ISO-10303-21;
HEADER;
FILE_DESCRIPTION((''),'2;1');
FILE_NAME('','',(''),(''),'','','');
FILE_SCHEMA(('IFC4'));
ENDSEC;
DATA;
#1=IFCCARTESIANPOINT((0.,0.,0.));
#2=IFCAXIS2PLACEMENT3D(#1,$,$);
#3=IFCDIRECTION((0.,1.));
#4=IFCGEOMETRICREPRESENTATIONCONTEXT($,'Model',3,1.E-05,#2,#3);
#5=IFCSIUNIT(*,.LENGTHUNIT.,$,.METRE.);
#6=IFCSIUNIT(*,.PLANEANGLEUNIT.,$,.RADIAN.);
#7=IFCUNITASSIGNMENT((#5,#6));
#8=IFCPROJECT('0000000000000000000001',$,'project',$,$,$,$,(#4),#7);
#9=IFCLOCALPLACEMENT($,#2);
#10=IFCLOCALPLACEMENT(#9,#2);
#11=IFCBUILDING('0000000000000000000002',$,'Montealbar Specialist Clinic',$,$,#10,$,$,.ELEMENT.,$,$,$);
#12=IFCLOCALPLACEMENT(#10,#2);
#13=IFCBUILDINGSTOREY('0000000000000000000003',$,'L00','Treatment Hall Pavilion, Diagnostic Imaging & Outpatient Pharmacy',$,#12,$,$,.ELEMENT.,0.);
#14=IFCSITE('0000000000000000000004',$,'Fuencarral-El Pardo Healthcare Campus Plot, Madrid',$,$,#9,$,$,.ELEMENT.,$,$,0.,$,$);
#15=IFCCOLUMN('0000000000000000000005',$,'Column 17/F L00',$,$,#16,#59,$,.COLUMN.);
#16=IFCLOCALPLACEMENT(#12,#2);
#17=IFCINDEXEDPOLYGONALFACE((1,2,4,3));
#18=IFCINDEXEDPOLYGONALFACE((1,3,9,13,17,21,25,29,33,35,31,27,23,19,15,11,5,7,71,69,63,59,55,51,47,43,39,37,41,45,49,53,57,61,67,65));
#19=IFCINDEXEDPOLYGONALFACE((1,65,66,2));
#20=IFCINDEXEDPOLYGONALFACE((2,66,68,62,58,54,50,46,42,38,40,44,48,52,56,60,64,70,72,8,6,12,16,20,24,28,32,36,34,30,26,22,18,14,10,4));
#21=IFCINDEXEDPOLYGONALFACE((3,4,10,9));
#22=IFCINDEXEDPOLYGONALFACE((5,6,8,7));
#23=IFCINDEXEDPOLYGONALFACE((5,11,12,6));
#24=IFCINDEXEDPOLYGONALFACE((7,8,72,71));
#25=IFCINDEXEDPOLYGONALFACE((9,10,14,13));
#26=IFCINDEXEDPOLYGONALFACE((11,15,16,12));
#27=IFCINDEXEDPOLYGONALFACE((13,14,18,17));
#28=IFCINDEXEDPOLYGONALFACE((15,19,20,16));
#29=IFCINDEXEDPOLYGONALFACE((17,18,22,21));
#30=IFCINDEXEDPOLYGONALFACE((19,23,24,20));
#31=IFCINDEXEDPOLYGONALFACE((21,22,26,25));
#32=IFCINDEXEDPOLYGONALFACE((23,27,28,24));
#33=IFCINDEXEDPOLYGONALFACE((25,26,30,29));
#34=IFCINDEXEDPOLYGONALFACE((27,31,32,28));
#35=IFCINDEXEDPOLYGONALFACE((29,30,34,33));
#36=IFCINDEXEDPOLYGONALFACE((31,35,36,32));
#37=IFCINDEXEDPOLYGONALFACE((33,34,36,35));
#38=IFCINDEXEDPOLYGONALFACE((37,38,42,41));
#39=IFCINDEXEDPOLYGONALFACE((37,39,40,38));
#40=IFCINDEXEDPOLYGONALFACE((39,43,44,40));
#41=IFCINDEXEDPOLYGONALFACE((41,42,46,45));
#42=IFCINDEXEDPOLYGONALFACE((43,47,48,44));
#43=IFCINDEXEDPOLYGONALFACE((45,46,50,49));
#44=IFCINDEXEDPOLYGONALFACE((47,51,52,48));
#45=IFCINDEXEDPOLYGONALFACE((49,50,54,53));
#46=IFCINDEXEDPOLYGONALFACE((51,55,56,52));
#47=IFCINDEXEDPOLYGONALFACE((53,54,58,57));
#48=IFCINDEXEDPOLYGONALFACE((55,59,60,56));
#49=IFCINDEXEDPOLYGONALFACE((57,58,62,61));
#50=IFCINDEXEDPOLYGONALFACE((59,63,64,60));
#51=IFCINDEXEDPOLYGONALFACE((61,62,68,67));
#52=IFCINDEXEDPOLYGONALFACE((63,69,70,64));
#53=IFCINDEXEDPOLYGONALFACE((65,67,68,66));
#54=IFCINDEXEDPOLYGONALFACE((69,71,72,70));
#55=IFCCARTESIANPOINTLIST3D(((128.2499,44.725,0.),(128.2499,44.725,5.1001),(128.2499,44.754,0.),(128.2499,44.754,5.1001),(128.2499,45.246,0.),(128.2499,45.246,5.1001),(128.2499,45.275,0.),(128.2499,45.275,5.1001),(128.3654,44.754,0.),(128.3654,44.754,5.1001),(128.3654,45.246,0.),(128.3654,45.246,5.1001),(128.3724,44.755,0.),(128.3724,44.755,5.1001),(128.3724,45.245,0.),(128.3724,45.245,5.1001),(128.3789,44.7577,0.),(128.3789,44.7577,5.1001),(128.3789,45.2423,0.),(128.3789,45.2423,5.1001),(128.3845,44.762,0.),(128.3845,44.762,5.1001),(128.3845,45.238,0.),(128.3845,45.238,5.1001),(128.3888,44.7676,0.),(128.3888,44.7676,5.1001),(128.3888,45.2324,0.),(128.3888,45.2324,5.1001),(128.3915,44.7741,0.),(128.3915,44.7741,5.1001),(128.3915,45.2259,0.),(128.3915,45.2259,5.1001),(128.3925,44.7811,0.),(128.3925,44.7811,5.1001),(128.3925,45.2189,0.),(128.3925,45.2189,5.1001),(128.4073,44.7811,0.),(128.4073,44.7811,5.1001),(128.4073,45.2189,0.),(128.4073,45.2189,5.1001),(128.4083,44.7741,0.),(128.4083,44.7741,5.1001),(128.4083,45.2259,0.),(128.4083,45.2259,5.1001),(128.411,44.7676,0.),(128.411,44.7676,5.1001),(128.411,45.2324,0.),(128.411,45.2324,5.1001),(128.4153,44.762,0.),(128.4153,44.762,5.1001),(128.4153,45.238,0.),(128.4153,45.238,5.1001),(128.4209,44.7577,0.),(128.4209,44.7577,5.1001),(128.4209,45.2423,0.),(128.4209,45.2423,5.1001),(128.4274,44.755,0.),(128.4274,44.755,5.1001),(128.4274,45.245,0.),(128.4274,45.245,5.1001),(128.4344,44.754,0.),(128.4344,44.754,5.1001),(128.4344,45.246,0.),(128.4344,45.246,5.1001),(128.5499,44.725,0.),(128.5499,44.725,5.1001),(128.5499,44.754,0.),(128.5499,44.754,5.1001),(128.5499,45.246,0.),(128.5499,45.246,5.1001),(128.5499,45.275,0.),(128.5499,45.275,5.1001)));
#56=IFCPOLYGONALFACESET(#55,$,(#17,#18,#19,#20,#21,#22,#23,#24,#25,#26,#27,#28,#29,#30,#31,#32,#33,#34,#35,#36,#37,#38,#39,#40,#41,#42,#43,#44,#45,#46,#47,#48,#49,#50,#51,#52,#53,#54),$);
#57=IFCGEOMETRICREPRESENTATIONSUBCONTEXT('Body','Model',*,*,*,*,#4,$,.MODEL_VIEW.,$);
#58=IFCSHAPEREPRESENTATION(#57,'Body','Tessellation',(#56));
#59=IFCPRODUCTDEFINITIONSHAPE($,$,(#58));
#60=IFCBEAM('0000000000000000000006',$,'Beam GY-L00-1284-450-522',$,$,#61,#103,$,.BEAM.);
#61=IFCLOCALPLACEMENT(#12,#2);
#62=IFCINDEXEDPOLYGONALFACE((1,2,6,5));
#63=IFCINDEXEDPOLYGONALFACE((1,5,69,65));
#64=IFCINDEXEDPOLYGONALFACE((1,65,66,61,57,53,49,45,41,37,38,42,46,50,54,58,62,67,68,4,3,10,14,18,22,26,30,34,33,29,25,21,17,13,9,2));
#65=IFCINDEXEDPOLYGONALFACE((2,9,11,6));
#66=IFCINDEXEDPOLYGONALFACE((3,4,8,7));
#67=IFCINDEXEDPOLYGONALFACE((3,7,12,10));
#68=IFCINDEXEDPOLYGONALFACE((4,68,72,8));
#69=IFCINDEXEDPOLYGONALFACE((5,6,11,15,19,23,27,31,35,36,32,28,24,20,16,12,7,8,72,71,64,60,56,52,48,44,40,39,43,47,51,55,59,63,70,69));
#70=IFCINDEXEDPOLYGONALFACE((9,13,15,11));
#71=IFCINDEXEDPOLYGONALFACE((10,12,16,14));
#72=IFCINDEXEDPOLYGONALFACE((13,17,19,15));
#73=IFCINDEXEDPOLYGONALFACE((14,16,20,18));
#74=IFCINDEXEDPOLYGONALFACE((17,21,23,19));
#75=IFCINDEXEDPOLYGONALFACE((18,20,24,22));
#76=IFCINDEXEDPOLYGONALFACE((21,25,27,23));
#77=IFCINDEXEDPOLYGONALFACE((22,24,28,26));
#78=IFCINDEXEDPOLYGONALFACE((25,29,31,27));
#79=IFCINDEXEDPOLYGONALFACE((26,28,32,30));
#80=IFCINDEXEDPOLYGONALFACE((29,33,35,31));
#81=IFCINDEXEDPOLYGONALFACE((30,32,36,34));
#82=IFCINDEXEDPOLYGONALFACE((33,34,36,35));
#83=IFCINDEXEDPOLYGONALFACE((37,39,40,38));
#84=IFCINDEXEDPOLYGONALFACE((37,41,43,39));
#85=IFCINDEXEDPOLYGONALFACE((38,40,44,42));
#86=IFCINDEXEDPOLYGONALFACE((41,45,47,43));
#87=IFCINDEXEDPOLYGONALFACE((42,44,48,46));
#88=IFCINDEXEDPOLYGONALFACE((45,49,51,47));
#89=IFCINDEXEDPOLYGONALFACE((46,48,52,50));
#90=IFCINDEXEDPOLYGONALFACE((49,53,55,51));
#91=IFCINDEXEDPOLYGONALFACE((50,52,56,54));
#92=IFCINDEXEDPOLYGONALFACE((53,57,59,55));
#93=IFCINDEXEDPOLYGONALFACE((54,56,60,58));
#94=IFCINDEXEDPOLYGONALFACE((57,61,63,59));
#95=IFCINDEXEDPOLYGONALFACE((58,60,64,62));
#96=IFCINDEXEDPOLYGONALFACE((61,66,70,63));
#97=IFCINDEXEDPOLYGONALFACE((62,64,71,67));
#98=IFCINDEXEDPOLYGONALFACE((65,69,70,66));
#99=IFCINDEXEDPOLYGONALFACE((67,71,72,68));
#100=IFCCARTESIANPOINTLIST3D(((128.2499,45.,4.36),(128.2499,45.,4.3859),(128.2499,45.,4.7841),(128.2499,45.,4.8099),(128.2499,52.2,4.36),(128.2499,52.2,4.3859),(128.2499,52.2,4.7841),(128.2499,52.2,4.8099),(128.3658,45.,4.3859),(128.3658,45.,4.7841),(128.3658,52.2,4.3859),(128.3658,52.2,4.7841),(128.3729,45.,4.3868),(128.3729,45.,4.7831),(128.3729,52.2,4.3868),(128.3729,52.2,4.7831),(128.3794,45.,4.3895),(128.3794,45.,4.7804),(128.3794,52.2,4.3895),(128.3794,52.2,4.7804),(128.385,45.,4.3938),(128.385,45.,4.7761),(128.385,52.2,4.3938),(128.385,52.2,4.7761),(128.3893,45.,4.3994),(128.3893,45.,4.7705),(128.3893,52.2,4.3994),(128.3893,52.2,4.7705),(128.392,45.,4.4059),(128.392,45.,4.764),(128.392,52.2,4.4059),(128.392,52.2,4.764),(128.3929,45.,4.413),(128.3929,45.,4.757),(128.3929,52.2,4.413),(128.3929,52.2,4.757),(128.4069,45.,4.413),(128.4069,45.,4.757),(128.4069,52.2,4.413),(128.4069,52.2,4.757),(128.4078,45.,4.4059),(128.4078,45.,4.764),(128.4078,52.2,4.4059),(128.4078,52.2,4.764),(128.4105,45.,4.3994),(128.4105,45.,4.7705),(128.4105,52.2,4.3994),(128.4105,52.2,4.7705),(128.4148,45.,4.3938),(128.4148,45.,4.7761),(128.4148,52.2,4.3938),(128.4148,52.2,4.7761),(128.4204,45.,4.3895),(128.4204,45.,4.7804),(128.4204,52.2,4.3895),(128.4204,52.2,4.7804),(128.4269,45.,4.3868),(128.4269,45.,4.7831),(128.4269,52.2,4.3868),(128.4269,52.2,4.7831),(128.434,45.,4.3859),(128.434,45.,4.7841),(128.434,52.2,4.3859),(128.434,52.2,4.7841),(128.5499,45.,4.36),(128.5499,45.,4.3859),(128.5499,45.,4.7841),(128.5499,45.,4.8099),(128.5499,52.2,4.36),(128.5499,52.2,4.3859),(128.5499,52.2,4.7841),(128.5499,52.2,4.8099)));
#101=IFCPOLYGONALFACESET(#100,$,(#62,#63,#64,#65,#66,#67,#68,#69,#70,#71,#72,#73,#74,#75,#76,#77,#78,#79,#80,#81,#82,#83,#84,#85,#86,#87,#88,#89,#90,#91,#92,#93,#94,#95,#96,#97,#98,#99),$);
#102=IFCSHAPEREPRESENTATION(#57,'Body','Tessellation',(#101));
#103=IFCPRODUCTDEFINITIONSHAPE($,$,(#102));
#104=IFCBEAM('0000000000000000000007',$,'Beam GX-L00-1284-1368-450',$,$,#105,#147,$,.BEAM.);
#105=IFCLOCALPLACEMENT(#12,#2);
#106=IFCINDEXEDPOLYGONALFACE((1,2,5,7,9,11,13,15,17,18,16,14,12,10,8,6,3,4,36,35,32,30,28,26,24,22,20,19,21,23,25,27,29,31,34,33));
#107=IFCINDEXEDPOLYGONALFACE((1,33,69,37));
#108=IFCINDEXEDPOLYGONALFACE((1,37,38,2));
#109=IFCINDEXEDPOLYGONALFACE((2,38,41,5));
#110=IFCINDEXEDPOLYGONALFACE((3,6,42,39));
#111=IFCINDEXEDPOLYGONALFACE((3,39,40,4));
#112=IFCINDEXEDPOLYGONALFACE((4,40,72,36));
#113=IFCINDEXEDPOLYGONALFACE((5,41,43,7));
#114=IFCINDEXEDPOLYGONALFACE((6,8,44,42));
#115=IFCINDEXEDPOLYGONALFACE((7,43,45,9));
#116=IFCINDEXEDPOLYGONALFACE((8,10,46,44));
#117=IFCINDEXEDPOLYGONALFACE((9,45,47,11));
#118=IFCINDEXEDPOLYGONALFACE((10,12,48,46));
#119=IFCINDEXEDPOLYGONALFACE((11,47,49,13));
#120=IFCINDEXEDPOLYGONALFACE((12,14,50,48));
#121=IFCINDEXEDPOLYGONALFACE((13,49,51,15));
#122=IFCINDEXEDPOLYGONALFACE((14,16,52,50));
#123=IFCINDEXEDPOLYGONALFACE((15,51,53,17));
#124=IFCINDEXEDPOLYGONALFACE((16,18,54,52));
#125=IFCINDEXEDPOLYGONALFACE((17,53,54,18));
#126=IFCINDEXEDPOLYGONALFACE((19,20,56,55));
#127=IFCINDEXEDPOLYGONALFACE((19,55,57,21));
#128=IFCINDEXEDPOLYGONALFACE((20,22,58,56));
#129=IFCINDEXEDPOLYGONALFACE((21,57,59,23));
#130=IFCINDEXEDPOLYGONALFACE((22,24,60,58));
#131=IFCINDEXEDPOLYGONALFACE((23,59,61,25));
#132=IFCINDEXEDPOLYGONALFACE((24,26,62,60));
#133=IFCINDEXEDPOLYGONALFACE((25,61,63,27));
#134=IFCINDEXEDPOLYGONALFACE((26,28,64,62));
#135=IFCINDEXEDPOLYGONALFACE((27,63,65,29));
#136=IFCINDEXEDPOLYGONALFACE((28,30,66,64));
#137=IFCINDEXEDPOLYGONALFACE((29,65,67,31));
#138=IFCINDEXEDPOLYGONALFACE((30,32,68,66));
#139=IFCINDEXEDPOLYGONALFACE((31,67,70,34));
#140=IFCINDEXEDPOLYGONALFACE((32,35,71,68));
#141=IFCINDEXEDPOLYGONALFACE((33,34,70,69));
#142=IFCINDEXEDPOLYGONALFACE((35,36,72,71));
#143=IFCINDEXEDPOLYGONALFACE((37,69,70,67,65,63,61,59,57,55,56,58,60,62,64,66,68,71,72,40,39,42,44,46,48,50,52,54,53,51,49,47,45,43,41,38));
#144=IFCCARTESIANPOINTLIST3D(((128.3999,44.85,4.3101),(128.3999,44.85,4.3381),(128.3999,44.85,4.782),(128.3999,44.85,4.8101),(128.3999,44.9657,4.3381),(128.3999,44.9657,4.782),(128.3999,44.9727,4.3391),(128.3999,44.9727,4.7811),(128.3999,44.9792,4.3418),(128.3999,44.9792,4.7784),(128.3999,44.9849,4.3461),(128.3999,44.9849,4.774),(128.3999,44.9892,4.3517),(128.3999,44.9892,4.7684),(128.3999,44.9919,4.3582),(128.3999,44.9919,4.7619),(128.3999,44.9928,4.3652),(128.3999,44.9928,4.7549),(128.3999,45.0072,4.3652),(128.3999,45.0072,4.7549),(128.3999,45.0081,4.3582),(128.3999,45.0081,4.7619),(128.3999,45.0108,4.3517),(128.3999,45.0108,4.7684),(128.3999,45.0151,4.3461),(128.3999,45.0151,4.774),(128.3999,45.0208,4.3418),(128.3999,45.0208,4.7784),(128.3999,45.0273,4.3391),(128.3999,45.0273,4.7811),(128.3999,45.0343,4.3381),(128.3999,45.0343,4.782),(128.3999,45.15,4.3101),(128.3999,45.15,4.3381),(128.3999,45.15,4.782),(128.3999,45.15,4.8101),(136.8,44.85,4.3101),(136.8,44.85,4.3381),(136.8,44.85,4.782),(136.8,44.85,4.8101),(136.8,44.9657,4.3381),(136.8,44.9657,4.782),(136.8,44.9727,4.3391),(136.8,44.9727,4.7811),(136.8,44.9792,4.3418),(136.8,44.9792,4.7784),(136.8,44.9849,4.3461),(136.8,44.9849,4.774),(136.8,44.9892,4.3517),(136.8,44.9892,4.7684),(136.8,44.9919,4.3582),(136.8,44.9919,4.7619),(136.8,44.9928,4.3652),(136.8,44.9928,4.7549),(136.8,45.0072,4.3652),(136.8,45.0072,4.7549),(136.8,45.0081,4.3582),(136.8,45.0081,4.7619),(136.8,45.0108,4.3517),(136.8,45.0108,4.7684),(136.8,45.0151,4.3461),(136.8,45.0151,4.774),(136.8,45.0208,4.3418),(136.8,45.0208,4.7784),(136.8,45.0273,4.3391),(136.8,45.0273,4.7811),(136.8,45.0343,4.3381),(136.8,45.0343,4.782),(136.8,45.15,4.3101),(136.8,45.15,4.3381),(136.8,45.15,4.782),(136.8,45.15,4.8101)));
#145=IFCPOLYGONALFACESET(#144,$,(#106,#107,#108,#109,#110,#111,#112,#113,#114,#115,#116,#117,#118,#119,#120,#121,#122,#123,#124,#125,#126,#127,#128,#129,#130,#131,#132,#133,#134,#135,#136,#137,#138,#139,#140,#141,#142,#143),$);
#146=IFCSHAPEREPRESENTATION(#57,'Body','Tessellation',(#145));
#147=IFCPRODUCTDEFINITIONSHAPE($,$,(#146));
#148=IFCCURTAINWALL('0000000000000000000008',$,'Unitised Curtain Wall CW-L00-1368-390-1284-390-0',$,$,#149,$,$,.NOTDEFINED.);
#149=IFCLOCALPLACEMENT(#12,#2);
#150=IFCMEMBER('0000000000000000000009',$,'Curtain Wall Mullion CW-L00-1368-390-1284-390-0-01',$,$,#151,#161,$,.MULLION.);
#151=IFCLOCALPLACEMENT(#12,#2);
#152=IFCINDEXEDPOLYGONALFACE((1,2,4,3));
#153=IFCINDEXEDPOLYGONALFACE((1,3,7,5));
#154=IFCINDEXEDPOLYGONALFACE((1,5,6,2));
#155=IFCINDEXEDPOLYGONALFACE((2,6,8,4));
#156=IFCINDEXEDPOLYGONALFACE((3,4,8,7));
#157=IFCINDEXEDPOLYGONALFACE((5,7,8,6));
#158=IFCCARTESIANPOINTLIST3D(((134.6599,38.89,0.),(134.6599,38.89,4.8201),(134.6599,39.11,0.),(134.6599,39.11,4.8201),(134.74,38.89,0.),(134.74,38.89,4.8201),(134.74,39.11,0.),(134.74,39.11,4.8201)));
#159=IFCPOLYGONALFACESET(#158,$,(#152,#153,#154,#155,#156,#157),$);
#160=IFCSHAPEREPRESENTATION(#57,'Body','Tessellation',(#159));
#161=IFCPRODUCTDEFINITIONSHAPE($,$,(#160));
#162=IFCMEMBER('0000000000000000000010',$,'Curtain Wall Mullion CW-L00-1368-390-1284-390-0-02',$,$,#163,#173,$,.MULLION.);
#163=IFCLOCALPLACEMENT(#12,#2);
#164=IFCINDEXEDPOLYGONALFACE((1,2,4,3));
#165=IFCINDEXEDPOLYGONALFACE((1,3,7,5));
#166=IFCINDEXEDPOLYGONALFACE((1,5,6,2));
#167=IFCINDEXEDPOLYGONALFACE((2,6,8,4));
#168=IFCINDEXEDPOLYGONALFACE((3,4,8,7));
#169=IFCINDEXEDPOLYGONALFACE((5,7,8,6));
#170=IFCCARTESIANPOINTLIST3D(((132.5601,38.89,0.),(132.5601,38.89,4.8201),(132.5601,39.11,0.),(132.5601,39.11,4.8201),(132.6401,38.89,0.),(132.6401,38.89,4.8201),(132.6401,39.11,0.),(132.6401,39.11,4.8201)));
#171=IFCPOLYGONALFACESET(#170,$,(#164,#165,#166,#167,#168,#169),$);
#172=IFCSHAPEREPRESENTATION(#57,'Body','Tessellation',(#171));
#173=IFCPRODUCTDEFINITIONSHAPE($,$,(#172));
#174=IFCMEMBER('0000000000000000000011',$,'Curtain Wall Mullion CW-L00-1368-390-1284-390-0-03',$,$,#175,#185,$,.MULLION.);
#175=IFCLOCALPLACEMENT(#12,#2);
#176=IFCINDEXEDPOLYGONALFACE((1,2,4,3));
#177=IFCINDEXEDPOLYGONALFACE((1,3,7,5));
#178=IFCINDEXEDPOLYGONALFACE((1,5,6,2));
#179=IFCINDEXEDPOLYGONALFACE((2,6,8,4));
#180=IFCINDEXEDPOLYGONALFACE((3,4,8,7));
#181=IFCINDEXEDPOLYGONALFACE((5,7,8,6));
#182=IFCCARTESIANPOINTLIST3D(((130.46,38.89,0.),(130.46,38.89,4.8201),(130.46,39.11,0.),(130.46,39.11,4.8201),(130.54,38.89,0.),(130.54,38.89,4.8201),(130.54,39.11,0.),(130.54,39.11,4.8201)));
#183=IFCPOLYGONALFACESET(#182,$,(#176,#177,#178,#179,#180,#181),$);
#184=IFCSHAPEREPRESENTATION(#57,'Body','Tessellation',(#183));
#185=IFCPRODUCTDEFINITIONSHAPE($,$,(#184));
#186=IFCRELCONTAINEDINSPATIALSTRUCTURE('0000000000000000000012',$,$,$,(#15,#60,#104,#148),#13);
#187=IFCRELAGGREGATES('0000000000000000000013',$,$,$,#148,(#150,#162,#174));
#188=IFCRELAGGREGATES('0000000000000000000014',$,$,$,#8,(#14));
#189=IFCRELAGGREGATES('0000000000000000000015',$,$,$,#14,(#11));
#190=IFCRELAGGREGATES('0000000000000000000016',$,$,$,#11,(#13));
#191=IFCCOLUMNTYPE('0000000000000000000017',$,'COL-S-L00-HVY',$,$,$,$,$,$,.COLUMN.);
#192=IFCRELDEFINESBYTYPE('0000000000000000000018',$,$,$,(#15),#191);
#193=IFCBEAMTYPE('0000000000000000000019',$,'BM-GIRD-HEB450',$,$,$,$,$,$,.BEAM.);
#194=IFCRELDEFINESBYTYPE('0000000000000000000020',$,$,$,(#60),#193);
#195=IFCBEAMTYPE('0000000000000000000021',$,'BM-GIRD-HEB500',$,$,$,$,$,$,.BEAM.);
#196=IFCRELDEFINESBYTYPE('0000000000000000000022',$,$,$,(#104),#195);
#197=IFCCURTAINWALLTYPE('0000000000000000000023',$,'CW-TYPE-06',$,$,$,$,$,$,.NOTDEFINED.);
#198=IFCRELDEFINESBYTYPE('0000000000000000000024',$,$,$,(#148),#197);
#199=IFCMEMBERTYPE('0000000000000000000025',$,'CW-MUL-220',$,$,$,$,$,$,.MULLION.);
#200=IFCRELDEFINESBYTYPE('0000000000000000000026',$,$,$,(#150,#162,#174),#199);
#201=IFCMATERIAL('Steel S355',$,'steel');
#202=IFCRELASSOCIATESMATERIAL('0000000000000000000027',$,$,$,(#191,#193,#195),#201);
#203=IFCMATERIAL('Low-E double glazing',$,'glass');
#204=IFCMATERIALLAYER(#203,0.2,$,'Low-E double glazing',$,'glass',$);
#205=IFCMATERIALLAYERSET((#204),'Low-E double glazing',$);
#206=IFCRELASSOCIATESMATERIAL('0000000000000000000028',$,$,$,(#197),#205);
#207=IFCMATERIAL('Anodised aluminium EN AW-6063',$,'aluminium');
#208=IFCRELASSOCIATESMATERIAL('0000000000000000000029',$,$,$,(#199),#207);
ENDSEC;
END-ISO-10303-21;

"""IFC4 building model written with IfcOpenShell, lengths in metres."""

from ifc_helpers import new_model, si_unit, direction, frame, origin, origin_2d, place, context, subcontext, project, spatial, rectangle, i_section, extrude, material, layer, layer_set, material_profile, profile_set, type_object, element, aggregate, save


model = new_model("IFC4")

# Units and contexts
model_context = context("Model", 3, precision=1e-05, world=origin(), true_north=direction((0.0, 1.0)))
body_context = subcontext(model_context, "Body", "Model", "MODEL_VIEW")
ifc_project = project(units=[si_unit("LENGTHUNIT", "METRE"), si_unit("PLANEANGLEUNIT", "RADIAN")], contexts=[model_context])

# Site, building, storey
site_placement = place(None, origin())
site = spatial("IfcSite", under=ifc_project, at=site_placement, Name="Fuencarral-El Pardo Healthcare Campus Plot, Madrid", CompositionType="ELEMENT", RefElevation=0.0)
building_placement = place(site_placement, origin())
building = spatial("IfcBuilding", under=site, at=building_placement, Name="Montealbar Specialist Clinic", CompositionType="ELEMENT")
storey_placement = place(building_placement, origin())
storey = spatial("IfcBuildingStorey", under=building, at=storey_placement, Name="L00", Description="Treatment Hall Pavilion, Diagnostic Imaging & Outpatient Pharmacy", CompositionType="ELEMENT", Elevation=0.0)

# Column
ifc_material_1 = material(Name="Steel S355", Category="steel")
ifc_material_profile_1 = material_profile(ifc_material_1, i_section(OverallWidth=0.3, OverallDepth=0.55, WebThickness=0.0149, FlangeThickness=0.0291, FilletRadius=0.0271, at=origin_2d()), Name="HEB 550", Category="steel")
ifc_profile_set_1 = profile_set([ifc_material_profile_1], Name="Steel S355")
column_type = type_object("IfcColumnType", Name="COL-S-L00-HVY", PredefinedType="COLUMN", material=ifc_profile_set_1)
column_placement = place(storey_placement, frame((128.3999, 45.0, 0.0), z_axis=(0.0, 0.0, 1.0), x_axis=(1.0, 0.0, 0.0)))
element("IfcColumn", 1, at=column_placement, inside=storey, type_object=column_type, Name="Column 17/F L00", PredefinedType="COLUMN", context=body_context, shape_type="SweptSolid", body=[
    extrude(i_section(OverallWidth=0.3, OverallDepth=0.55, WebThickness=0.0149, FlangeThickness=0.0291, FilletRadius=0.0271, at=origin_2d()), origin(), (0.0, 0.0, 1.0), 5.1001),
])

# Beams
ifc_material_profile_2 = material_profile(ifc_material_1, i_section(OverallWidth=0.3, OverallDepth=0.45, WebThickness=0.0139, FlangeThickness=0.0259, FilletRadius=0.0271, at=origin_2d()), Name="HEB 450", Category="steel")
ifc_profile_set_2 = profile_set([ifc_material_profile_2], Name="Steel S355")
beam_type_1 = type_object("IfcBeamType", Name="BM-GIRD-HEB450", PredefinedType="BEAM", material=ifc_profile_set_2)
beam_1_placement = place(storey_placement, frame((128.3999, 45.0, 4.585), z_axis=(0.0, 1.0, 0.0), x_axis=(-1.0, 0.0, 0.0)))
element("IfcBeam", 2, at=beam_1_placement, inside=storey, type_object=beam_type_1, Name="Beam GY-L00-1284-450-522", PredefinedType="BEAM", context=body_context, shape_type="SweptSolid", body=[
    extrude(i_section(OverallWidth=0.3, OverallDepth=0.45, WebThickness=0.0139, FlangeThickness=0.0259, FilletRadius=0.0271, at=origin_2d()), origin(), (0.0, 0.0, 1.0), 7.2),
])
ifc_material_profile_3 = material_profile(ifc_material_1, i_section(OverallWidth=0.3, OverallDepth=0.5, WebThickness=0.0144, FlangeThickness=0.0281, FilletRadius=0.0271, at=origin_2d()), Name="HEB 500", Category="steel")
ifc_profile_set_3 = profile_set([ifc_material_profile_3], Name="Steel S355")
beam_type_2 = type_object("IfcBeamType", Name="BM-GIRD-HEB500", PredefinedType="BEAM", material=ifc_profile_set_3)
beam_2_placement = place(storey_placement, frame((128.3999, 45.0, 4.5601), z_axis=(1.0, 0.0, 0.0), x_axis=(0.0, 1.0, 0.0)))
element("IfcBeam", 3, at=beam_2_placement, inside=storey, type_object=beam_type_2, Name="Beam GX-L00-1284-1368-450", PredefinedType="BEAM", context=body_context, shape_type="SweptSolid", body=[
    extrude(i_section(OverallWidth=0.3, OverallDepth=0.5, WebThickness=0.0144, FlangeThickness=0.0281, FilletRadius=0.0271, at=origin_2d()), origin(), (0.0, 0.0, 1.0), 8.4001),
])

# Curtain wall, members
ifc_material_2 = material(Name="Low-E double glazing", Category="glass")
ifc_layer_1 = layer(ifc_material_2, 0.2, Name="Low-E double glazing", Category="glass")
ifc_layer_set_1 = layer_set([ifc_layer_1], Name="Low-E double glazing")
curtain_wall_type = type_object("IfcCurtainWallType", Name="CW-TYPE-06", PredefinedType="NOTDEFINED", material=ifc_layer_set_1)
curtain_wall_1_placement = place(storey_placement, origin())
curtain_wall_1 = element("IfcCurtainWall", 4, at=curtain_wall_1_placement, inside=storey, type_object=curtain_wall_type, Name="Unitised Curtain Wall CW-L00-1368-390-1284-390-0", PredefinedType="NOTDEFINED")
ifc_material_3 = material(Name="Anodised aluminium EN AW-6063", Category="aluminium")
ifc_material_profile_4 = material_profile(ifc_material_3, rectangle(XDim=0.0801, YDim=0.22, at=origin_2d()), Name="ALU 80x220", Category="aluminium")
ifc_profile_set_4 = profile_set([ifc_material_profile_4], Name="Anodised aluminium EN AW-6063")
member_type_1 = type_object("IfcMemberType", Name="CW-MUL-220", PredefinedType="MULLION", material=ifc_profile_set_4)
member_1_placement = place(storey_placement, frame((134.7, 39.0, 0.0), z_axis=(0.0, 0.0, 1.0), x_axis=(-1.0, 0.0, 0.0)))
member_1 = element("IfcMember", 5, at=member_1_placement, type_object=member_type_1, Name="Curtain Wall Mullion CW-L00-1368-390-1284-390-0-01", PredefinedType="MULLION", context=body_context, shape_type="SweptSolid", body=[
    extrude(rectangle(XDim=0.0801, YDim=0.22, at=origin_2d()), origin(), (0.0, 0.0, 1.0), 4.8201),
])
member_2_placement = place(storey_placement, frame((132.6001, 39.0, 0.0), z_axis=(0.0, 0.0, 1.0), x_axis=(-1.0, 0.0, 0.0)))
member_2 = element("IfcMember", 6, at=member_2_placement, type_object=member_type_1, Name="Curtain Wall Mullion CW-L00-1368-390-1284-390-0-02", PredefinedType="MULLION", context=body_context, shape_type="SweptSolid", body=[
    extrude(rectangle(XDim=0.0801, YDim=0.22, at=origin_2d()), origin(), (0.0, 0.0, 1.0), 4.8201),
])
member_3_placement = place(storey_placement, frame((130.5, 39.0, 0.0), z_axis=(0.0, 0.0, 1.0), x_axis=(-1.0, 0.0, 0.0)))
member_3 = element("IfcMember", 7, at=member_3_placement, type_object=member_type_1, Name="Curtain Wall Mullion CW-L00-1368-390-1284-390-0-03", PredefinedType="MULLION", context=body_context, shape_type="SweptSolid", body=[
    extrude(rectangle(XDim=0.0801, YDim=0.22, at=origin_2d()), origin(), (0.0, 0.0, 1.0), 4.8201),
])

aggregate(curtain_wall_1, [member_1, member_2, member_3])

save(model, "model.ifc")
